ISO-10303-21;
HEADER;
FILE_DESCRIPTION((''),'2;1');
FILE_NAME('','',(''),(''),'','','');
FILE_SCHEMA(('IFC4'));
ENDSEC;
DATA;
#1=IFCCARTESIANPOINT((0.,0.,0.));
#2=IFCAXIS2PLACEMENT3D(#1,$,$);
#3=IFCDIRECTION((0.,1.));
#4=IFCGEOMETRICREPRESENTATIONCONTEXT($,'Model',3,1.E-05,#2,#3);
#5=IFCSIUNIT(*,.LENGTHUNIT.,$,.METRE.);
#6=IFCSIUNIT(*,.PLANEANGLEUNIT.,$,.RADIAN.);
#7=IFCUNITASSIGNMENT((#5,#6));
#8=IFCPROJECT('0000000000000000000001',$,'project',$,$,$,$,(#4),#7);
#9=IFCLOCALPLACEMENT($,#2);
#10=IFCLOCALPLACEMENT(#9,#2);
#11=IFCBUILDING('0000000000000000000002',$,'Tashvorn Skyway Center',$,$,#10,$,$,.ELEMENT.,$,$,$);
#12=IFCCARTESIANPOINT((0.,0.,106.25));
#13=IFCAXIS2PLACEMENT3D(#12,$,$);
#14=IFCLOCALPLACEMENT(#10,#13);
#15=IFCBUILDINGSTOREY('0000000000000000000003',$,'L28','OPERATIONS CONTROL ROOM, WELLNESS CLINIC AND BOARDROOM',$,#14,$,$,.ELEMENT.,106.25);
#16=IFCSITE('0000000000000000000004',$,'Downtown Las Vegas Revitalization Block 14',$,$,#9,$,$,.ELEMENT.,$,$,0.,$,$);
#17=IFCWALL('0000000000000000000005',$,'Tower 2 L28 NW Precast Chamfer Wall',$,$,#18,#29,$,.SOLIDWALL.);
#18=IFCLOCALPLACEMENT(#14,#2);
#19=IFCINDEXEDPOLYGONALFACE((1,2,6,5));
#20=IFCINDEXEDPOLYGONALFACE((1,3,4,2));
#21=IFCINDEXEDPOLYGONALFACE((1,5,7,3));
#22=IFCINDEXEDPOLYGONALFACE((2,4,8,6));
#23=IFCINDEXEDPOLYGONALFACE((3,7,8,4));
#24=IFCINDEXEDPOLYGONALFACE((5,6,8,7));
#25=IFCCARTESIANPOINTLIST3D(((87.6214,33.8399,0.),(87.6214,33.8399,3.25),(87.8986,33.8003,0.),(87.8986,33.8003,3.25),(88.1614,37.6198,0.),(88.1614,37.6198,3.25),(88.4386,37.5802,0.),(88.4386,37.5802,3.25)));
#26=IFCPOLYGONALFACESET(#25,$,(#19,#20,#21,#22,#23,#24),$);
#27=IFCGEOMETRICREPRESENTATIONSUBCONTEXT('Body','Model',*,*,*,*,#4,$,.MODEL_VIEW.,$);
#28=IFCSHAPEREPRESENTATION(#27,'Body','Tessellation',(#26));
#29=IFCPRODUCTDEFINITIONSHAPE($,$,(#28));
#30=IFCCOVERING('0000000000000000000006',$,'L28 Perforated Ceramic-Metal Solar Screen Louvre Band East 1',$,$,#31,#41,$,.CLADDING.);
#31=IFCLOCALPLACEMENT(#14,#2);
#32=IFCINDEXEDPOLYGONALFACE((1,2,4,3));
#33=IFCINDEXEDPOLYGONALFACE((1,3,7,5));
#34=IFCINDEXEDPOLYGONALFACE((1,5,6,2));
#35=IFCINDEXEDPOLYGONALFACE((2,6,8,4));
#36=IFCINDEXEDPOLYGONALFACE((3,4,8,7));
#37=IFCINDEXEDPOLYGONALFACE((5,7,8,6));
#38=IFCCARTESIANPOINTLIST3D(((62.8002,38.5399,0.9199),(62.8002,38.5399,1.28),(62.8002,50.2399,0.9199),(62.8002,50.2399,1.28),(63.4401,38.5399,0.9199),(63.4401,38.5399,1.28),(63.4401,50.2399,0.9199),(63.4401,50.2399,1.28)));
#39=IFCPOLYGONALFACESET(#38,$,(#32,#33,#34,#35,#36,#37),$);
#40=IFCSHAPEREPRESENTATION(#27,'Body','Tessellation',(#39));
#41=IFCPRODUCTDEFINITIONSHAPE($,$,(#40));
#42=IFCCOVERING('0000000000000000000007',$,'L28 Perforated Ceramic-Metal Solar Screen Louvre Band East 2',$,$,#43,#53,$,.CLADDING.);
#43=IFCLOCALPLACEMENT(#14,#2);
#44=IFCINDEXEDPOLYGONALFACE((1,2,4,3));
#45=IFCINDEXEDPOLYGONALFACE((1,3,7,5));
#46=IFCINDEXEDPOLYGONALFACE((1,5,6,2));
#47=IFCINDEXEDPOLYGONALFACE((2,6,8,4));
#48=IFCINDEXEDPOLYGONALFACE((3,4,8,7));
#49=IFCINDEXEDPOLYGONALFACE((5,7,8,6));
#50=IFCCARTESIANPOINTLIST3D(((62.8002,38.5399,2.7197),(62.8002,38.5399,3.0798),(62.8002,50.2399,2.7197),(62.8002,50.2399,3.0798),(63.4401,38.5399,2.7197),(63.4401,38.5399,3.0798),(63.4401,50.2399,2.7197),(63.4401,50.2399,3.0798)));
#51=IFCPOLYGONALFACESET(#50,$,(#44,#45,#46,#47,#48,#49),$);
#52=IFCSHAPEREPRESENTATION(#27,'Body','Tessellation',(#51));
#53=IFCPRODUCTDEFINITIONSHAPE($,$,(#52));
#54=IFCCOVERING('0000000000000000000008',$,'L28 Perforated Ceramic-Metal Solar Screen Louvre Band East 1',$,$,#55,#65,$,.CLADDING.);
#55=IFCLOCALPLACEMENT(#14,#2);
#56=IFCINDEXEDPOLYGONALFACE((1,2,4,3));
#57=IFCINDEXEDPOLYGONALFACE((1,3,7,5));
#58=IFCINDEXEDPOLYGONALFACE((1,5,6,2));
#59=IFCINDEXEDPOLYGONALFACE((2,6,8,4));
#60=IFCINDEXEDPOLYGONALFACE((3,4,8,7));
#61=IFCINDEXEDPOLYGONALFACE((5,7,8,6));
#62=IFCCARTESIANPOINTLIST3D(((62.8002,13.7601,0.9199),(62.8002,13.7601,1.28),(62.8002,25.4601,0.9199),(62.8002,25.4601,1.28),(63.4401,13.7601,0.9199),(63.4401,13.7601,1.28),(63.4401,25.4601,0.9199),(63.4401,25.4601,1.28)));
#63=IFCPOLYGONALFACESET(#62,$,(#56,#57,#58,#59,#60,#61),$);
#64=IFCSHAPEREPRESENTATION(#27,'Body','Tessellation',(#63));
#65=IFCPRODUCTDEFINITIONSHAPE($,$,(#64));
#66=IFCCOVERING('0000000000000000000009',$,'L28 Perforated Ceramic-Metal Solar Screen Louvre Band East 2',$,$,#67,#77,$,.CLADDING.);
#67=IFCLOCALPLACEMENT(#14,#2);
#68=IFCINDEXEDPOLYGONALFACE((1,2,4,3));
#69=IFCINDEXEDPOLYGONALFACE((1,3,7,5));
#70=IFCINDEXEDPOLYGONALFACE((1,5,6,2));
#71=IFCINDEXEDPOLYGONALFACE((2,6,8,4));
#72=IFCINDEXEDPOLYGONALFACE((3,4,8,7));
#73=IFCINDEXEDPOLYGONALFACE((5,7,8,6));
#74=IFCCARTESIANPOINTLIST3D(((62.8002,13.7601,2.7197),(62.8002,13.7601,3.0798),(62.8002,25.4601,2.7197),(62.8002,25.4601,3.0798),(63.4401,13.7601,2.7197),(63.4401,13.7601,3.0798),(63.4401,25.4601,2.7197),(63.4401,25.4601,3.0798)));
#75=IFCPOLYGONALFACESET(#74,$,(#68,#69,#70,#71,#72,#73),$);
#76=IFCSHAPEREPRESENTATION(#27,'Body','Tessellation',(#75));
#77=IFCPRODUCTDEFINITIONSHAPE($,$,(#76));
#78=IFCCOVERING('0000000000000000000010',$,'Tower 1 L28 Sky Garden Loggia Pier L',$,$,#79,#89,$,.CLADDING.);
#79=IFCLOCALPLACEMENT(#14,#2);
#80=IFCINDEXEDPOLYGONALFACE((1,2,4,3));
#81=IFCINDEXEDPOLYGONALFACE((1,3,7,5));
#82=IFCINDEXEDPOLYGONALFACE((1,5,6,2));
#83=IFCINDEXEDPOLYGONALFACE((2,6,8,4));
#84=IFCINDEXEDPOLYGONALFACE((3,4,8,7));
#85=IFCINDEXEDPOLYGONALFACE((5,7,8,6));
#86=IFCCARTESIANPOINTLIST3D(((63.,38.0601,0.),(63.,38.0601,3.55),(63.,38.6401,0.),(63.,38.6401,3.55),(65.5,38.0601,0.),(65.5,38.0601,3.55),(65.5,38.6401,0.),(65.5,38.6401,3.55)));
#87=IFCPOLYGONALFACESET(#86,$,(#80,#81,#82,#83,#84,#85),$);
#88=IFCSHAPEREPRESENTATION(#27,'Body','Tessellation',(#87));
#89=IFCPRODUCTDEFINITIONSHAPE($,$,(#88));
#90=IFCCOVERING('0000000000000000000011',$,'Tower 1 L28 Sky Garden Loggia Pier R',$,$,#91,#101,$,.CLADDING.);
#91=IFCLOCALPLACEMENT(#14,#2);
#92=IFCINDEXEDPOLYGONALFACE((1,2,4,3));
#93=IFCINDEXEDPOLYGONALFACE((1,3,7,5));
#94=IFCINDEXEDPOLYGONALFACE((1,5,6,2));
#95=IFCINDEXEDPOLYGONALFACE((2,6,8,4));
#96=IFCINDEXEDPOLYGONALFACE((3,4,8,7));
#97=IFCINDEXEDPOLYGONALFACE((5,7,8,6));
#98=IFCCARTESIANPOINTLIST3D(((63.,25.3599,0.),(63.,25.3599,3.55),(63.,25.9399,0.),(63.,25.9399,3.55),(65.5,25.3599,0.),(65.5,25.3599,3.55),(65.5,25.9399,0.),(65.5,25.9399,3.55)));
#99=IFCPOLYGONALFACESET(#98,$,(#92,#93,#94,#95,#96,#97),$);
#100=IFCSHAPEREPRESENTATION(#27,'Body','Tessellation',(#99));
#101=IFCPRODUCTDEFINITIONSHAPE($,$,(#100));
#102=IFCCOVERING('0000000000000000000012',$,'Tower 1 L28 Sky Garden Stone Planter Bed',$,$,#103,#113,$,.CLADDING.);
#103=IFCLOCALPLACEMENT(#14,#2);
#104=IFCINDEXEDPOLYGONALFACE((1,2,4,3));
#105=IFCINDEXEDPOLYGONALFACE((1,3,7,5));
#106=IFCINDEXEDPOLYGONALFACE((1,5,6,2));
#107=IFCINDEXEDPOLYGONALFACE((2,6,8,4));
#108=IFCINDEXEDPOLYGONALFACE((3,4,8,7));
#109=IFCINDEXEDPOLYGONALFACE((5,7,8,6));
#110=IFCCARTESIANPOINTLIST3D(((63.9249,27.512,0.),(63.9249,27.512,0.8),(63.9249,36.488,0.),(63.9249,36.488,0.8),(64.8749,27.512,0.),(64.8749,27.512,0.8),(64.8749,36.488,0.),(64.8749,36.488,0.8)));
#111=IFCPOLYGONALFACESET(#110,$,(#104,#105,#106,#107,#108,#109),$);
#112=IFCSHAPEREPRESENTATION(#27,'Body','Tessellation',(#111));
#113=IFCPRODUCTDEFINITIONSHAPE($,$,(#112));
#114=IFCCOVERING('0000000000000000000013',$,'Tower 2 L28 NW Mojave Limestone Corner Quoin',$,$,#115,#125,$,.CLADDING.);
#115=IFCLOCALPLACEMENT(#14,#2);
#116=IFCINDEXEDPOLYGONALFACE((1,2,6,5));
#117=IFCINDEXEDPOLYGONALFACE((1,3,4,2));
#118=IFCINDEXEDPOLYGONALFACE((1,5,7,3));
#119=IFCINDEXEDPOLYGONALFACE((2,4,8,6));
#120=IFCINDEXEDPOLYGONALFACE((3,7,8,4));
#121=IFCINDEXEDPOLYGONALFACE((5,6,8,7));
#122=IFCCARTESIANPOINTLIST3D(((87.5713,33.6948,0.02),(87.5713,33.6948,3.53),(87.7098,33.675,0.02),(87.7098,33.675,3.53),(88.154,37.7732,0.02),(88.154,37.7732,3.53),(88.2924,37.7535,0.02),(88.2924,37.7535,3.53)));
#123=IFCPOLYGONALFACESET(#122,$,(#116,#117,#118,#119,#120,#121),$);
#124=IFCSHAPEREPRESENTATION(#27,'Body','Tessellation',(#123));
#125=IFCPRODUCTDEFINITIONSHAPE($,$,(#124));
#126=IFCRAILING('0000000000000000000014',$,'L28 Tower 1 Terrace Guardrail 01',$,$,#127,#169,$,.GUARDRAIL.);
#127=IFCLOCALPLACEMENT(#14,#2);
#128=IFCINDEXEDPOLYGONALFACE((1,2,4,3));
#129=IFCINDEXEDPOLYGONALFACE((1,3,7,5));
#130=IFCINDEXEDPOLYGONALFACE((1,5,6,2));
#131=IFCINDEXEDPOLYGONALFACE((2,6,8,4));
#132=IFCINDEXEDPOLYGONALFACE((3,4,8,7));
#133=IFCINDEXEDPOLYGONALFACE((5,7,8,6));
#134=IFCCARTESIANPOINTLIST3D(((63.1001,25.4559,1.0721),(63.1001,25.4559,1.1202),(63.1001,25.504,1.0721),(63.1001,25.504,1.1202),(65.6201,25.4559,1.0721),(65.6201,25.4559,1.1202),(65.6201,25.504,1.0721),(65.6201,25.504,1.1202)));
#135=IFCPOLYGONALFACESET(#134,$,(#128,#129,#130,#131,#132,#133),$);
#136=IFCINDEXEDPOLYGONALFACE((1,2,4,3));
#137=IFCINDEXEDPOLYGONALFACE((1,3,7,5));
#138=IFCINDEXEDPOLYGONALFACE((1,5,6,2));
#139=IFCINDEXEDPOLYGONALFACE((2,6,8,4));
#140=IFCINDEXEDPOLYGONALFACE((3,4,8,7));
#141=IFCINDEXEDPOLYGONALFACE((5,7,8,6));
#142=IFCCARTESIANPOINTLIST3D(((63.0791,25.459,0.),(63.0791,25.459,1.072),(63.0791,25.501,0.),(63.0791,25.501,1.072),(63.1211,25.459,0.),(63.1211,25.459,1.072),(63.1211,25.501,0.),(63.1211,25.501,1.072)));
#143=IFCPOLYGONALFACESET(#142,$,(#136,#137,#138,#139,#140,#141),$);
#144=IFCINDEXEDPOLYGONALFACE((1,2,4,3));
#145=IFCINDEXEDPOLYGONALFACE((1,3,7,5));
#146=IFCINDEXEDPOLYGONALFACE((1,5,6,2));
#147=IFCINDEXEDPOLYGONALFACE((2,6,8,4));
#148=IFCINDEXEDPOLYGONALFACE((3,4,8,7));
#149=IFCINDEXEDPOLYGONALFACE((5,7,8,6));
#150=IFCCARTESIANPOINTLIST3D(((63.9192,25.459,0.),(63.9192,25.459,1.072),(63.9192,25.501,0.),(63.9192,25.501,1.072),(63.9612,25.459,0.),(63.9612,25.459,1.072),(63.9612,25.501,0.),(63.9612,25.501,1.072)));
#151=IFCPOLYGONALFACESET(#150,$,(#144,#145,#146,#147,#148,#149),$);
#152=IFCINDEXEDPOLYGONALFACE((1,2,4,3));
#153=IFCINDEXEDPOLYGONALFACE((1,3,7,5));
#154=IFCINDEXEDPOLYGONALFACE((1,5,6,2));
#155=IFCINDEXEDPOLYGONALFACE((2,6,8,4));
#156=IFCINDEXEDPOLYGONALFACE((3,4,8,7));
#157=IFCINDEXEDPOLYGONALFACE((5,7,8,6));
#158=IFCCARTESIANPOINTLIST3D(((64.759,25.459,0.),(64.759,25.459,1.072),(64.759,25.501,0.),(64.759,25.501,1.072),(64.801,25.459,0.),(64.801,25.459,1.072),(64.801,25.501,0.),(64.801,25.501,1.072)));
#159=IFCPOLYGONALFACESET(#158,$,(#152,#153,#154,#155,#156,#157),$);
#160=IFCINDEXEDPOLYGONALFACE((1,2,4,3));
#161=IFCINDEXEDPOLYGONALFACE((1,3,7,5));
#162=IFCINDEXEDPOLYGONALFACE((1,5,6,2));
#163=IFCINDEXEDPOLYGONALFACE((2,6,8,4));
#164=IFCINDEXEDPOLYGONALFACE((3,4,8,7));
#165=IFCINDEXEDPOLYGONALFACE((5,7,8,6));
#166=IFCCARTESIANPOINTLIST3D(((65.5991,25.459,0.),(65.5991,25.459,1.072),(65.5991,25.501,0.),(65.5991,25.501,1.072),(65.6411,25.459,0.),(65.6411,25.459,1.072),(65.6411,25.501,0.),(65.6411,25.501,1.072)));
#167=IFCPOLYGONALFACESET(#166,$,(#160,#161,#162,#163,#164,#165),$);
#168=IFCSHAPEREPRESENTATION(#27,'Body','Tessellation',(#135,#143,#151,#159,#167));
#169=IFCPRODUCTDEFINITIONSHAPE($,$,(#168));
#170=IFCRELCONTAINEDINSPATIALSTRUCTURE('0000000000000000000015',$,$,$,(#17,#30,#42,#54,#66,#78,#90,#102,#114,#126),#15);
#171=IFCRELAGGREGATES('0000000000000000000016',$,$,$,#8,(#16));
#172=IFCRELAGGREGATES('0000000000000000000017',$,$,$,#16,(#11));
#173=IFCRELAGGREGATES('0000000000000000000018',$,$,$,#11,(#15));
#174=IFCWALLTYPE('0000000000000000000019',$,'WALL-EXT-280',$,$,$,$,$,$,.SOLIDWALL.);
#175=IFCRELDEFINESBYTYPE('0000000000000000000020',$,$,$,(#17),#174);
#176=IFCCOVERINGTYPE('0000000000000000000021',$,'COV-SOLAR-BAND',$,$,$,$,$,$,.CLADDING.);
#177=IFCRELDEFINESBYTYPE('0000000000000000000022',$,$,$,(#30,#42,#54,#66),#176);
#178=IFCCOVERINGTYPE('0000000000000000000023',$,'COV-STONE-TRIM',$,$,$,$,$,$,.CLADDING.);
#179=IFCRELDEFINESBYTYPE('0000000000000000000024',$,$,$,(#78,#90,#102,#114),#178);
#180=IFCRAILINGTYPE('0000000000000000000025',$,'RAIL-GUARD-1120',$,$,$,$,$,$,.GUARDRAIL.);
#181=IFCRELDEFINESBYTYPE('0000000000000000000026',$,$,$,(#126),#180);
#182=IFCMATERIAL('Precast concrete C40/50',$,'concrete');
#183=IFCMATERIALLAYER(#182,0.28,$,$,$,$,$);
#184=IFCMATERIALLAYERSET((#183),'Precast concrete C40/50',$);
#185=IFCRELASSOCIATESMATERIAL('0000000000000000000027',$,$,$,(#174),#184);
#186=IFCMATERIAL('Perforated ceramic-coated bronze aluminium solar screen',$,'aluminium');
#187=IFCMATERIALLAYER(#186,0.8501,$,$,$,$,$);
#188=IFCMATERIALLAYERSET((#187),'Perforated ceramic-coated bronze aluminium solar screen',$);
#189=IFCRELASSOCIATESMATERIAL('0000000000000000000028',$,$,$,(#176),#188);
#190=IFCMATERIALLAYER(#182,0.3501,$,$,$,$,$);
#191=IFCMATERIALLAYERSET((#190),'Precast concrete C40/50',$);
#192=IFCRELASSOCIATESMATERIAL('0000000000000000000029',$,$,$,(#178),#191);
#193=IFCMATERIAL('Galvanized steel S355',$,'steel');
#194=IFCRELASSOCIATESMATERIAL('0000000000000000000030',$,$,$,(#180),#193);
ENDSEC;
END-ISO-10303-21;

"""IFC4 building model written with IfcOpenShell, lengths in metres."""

from ifc_helpers import new_model, si_unit, direction, frame, frame_2d, origin, origin_2d, place, context, subcontext, project, spatial, rectangle, extrude, material, layer, layer_set, type_object, element, save


model = new_model("IFC4")

# Units and contexts
model_context = context("Model", 3, precision=1e-05, world=origin(), true_north=direction((0.0, 1.0)))
body_context = subcontext(model_context, "Body", "Model", "MODEL_VIEW")
ifc_project = project(units=[si_unit("LENGTHUNIT", "METRE"), si_unit("PLANEANGLEUNIT", "RADIAN")], contexts=[model_context])

# Site, building, storey
site_placement = place(None, origin())
site = spatial("IfcSite", under=ifc_project, at=site_placement, Name="Downtown Las Vegas Revitalization Block 14", CompositionType="ELEMENT", RefElevation=0.0)
building_placement = place(site_placement, origin())
building = spatial("IfcBuilding", under=site, at=building_placement, Name="Tashvorn Skyway Center", CompositionType="ELEMENT")
storey_placement = place(building_placement, frame((0.0, 0.0, 106.25)))
storey = spatial("IfcBuildingStorey", under=building, at=storey_placement, Name="L28", Description="OPERATIONS CONTROL ROOM, WELLNESS CLINIC AND BOARDROOM", CompositionType="ELEMENT", Elevation=106.25)

# Shared definitions
ifc_material_1 = material(Name="Precast concrete C40/50", Category="concrete")
ifc_layer_1 = layer(ifc_material_1, 0.28)
ifc_layer_set_1 = layer_set([ifc_layer_1], Name="Precast concrete C40/50")
wall_type = type_object("IfcWallType", Name="WALL-EXT-280", PredefinedType="SOLIDWALL", material=ifc_layer_set_1)

# Wall
wall_1_placement = place(storey_placement, frame((87.76, 33.8201, 0.0), z_axis=(0.0, 0.0, 1.0), x_axis=(0.14143, 0.989948, 0.0)))
element("IfcWall", 1, at=wall_1_placement, inside=storey, type_object=wall_type, Name="Tower 2 L28 NW Precast Chamfer Wall", PredefinedType="SOLIDWALL", context=body_context, shape_type="SweptSolid", body=[
    extrude(rectangle(XDim=3.8184, YDim=0.28, at=frame_2d((1.9092, 0.0))), origin(), (0.0, 0.0, 1.0), 3.25),
])

# Coverings
ifc_material_2 = material(Name="Perforated ceramic-coated bronze aluminium solar screen", Category="aluminium")
ifc_layer_2 = layer(ifc_material_2, 0.8501)
ifc_layer_set_2 = layer_set([ifc_layer_2], Name="Perforated ceramic-coated bronze aluminium solar screen")
covering_type_1 = type_object("IfcCoveringType", Name="COV-SOLAR-BAND", PredefinedType="CLADDING", material=ifc_layer_set_2)
for number, where, z_axis, x_axis, name in (
    (2, (63.1201, 44.3899, 0.9199), (0.0, 0.0, 1.0), (0.0, -1.0, 0.0), "L28 Perforated Ceramic-Metal Solar Screen Louvre Band East 1"),
    (3, (63.1201, 44.3899, 2.7197), (0.0, 0.0, 1.0), (0.0, -1.0, 0.0), "L28 Perforated Ceramic-Metal Solar Screen Louvre Band East 2"),
    (4, (63.1201, 19.6101, 0.9199), (0.0, 0.0, 1.0), (0.0, -1.0, 0.0), "L28 Perforated Ceramic-Metal Solar Screen Louvre Band East 1"),
    (5, (63.1201, 19.6101, 2.7197), (0.0, 0.0, 1.0), (0.0, -1.0, 0.0), "L28 Perforated Ceramic-Metal Solar Screen Louvre Band East 2"),
):
    element("IfcCovering", number, at=place(storey_placement, frame(where, z_axis=z_axis, x_axis=x_axis)), inside=storey, type_object=covering_type_1, Name=name, PredefinedType="CLADDING", context=body_context, shape_type="SweptSolid", body=[
        extrude(rectangle(XDim=11.7, YDim=0.6399, at=origin_2d()), origin(), (0.0, 0.0, 1.0), 0.3601),
    ])
ifc_layer_3 = layer(ifc_material_1, 0.3501)
ifc_layer_set_3 = layer_set([ifc_layer_3], Name="Precast concrete C40/50")
covering_type_2 = type_object("IfcCoveringType", Name="COV-STONE-TRIM", PredefinedType="CLADDING", material=ifc_layer_set_3)
for number, where, z_axis, x_axis, name in (
    (6, (64.25, 38.3501, 0.0), (0.0, 0.0, 1.0), (0.0, -1.0, 0.0), "Tower 1 L28 Sky Garden Loggia Pier L"),
    (7, (64.25, 25.6499, 0.0), (0.0, 0.0, 1.0), (0.0, -1.0, 0.0), "Tower 1 L28 Sky Garden Loggia Pier R"),
):
    element("IfcCovering", number, at=place(storey_placement, frame(where, z_axis=z_axis, x_axis=x_axis)), inside=storey, type_object=covering_type_2, Name=name, PredefinedType="CLADDING", context=body_context, shape_type="SweptSolid", body=[
        extrude(rectangle(XDim=0.5801, YDim=2.5, at=origin_2d()), origin(), (0.0, 0.0, 1.0), 3.55),
    ])
covering_1_placement = place(storey_placement, frame((64.3999, 32.0, 0.0), z_axis=(0.0, 0.0, 1.0), x_axis=(0.0, -1.0, 0.0)))
element("IfcCovering", 8, at=covering_1_placement, inside=storey, type_object=covering_type_2, Name="Tower 1 L28 Sky Garden Stone Planter Bed", PredefinedType="CLADDING", context=body_context, shape_type="SweptSolid", body=[
    extrude(rectangle(XDim=8.9761, YDim=0.95, at=origin_2d()), origin(), (0.0, 0.0, 1.0), 0.8),
])
covering_2_placement = place(storey_placement, frame((87.9319, 35.7241, 0.02), z_axis=(0.0, 0.0, 1.0), x_axis=(-0.141421, -0.989949, 0.0)))
element("IfcCovering", 9, at=covering_2_placement, inside=storey, type_object=covering_type_2, Name="Tower 2 L28 NW Mojave Limestone Corner Quoin", PredefinedType="CLADDING", context=body_context, shape_type="SweptSolid", body=[
    extrude(rectangle(XDim=4.1199, YDim=0.1399, at=origin_2d()), origin(), (0.0, 0.0, 1.0), 3.51),
])

# Railing
ifc_material_3 = material(Name="Galvanized steel S355", Category="steel")
railing_type = type_object("IfcRailingType", Name="RAIL-GUARD-1120", PredefinedType="GUARDRAIL", material=ifc_material_3)
railing_1_placement = place(storey_placement, frame((63.1001, 25.48, 0.0)))
element("IfcRailing", 10, at=railing_1_placement, inside=storey, type_object=railing_type, Name="L28 Tower 1 Terrace Guardrail 01", PredefinedType="GUARDRAIL", context=body_context, shape_type="SweptSolid", body=[
    extrude(rectangle(XDim=0.0481, YDim=0.0481, at=origin_2d()), frame((0.0, 0.0, 1.0962), z_axis=(1.0, 0.0, 0.0), x_axis=(0.0, 1.0, 0.0)), (0.0, 0.0, 1.0), 2.52),
    extrude(rectangle(XDim=0.042, YDim=0.042, at=origin_2d()), origin(), (0.0, 0.0, 1.0), 1.072),
    extrude(rectangle(XDim=0.042, YDim=0.042, at=origin_2d()), frame((0.8401, 0.0, 0.0)), (0.0, 0.0, 1.0), 1.072),
    extrude(rectangle(XDim=0.042, YDim=0.042, at=origin_2d()), frame((1.6799, 0.0, 0.0)), (0.0, 0.0, 1.0), 1.072),
    extrude(rectangle(XDim=0.042, YDim=0.042, at=origin_2d()), frame((2.52, 0.0, 0.0)), (0.0, 0.0, 1.0), 1.072),
])

save(model, "model.ifc")
